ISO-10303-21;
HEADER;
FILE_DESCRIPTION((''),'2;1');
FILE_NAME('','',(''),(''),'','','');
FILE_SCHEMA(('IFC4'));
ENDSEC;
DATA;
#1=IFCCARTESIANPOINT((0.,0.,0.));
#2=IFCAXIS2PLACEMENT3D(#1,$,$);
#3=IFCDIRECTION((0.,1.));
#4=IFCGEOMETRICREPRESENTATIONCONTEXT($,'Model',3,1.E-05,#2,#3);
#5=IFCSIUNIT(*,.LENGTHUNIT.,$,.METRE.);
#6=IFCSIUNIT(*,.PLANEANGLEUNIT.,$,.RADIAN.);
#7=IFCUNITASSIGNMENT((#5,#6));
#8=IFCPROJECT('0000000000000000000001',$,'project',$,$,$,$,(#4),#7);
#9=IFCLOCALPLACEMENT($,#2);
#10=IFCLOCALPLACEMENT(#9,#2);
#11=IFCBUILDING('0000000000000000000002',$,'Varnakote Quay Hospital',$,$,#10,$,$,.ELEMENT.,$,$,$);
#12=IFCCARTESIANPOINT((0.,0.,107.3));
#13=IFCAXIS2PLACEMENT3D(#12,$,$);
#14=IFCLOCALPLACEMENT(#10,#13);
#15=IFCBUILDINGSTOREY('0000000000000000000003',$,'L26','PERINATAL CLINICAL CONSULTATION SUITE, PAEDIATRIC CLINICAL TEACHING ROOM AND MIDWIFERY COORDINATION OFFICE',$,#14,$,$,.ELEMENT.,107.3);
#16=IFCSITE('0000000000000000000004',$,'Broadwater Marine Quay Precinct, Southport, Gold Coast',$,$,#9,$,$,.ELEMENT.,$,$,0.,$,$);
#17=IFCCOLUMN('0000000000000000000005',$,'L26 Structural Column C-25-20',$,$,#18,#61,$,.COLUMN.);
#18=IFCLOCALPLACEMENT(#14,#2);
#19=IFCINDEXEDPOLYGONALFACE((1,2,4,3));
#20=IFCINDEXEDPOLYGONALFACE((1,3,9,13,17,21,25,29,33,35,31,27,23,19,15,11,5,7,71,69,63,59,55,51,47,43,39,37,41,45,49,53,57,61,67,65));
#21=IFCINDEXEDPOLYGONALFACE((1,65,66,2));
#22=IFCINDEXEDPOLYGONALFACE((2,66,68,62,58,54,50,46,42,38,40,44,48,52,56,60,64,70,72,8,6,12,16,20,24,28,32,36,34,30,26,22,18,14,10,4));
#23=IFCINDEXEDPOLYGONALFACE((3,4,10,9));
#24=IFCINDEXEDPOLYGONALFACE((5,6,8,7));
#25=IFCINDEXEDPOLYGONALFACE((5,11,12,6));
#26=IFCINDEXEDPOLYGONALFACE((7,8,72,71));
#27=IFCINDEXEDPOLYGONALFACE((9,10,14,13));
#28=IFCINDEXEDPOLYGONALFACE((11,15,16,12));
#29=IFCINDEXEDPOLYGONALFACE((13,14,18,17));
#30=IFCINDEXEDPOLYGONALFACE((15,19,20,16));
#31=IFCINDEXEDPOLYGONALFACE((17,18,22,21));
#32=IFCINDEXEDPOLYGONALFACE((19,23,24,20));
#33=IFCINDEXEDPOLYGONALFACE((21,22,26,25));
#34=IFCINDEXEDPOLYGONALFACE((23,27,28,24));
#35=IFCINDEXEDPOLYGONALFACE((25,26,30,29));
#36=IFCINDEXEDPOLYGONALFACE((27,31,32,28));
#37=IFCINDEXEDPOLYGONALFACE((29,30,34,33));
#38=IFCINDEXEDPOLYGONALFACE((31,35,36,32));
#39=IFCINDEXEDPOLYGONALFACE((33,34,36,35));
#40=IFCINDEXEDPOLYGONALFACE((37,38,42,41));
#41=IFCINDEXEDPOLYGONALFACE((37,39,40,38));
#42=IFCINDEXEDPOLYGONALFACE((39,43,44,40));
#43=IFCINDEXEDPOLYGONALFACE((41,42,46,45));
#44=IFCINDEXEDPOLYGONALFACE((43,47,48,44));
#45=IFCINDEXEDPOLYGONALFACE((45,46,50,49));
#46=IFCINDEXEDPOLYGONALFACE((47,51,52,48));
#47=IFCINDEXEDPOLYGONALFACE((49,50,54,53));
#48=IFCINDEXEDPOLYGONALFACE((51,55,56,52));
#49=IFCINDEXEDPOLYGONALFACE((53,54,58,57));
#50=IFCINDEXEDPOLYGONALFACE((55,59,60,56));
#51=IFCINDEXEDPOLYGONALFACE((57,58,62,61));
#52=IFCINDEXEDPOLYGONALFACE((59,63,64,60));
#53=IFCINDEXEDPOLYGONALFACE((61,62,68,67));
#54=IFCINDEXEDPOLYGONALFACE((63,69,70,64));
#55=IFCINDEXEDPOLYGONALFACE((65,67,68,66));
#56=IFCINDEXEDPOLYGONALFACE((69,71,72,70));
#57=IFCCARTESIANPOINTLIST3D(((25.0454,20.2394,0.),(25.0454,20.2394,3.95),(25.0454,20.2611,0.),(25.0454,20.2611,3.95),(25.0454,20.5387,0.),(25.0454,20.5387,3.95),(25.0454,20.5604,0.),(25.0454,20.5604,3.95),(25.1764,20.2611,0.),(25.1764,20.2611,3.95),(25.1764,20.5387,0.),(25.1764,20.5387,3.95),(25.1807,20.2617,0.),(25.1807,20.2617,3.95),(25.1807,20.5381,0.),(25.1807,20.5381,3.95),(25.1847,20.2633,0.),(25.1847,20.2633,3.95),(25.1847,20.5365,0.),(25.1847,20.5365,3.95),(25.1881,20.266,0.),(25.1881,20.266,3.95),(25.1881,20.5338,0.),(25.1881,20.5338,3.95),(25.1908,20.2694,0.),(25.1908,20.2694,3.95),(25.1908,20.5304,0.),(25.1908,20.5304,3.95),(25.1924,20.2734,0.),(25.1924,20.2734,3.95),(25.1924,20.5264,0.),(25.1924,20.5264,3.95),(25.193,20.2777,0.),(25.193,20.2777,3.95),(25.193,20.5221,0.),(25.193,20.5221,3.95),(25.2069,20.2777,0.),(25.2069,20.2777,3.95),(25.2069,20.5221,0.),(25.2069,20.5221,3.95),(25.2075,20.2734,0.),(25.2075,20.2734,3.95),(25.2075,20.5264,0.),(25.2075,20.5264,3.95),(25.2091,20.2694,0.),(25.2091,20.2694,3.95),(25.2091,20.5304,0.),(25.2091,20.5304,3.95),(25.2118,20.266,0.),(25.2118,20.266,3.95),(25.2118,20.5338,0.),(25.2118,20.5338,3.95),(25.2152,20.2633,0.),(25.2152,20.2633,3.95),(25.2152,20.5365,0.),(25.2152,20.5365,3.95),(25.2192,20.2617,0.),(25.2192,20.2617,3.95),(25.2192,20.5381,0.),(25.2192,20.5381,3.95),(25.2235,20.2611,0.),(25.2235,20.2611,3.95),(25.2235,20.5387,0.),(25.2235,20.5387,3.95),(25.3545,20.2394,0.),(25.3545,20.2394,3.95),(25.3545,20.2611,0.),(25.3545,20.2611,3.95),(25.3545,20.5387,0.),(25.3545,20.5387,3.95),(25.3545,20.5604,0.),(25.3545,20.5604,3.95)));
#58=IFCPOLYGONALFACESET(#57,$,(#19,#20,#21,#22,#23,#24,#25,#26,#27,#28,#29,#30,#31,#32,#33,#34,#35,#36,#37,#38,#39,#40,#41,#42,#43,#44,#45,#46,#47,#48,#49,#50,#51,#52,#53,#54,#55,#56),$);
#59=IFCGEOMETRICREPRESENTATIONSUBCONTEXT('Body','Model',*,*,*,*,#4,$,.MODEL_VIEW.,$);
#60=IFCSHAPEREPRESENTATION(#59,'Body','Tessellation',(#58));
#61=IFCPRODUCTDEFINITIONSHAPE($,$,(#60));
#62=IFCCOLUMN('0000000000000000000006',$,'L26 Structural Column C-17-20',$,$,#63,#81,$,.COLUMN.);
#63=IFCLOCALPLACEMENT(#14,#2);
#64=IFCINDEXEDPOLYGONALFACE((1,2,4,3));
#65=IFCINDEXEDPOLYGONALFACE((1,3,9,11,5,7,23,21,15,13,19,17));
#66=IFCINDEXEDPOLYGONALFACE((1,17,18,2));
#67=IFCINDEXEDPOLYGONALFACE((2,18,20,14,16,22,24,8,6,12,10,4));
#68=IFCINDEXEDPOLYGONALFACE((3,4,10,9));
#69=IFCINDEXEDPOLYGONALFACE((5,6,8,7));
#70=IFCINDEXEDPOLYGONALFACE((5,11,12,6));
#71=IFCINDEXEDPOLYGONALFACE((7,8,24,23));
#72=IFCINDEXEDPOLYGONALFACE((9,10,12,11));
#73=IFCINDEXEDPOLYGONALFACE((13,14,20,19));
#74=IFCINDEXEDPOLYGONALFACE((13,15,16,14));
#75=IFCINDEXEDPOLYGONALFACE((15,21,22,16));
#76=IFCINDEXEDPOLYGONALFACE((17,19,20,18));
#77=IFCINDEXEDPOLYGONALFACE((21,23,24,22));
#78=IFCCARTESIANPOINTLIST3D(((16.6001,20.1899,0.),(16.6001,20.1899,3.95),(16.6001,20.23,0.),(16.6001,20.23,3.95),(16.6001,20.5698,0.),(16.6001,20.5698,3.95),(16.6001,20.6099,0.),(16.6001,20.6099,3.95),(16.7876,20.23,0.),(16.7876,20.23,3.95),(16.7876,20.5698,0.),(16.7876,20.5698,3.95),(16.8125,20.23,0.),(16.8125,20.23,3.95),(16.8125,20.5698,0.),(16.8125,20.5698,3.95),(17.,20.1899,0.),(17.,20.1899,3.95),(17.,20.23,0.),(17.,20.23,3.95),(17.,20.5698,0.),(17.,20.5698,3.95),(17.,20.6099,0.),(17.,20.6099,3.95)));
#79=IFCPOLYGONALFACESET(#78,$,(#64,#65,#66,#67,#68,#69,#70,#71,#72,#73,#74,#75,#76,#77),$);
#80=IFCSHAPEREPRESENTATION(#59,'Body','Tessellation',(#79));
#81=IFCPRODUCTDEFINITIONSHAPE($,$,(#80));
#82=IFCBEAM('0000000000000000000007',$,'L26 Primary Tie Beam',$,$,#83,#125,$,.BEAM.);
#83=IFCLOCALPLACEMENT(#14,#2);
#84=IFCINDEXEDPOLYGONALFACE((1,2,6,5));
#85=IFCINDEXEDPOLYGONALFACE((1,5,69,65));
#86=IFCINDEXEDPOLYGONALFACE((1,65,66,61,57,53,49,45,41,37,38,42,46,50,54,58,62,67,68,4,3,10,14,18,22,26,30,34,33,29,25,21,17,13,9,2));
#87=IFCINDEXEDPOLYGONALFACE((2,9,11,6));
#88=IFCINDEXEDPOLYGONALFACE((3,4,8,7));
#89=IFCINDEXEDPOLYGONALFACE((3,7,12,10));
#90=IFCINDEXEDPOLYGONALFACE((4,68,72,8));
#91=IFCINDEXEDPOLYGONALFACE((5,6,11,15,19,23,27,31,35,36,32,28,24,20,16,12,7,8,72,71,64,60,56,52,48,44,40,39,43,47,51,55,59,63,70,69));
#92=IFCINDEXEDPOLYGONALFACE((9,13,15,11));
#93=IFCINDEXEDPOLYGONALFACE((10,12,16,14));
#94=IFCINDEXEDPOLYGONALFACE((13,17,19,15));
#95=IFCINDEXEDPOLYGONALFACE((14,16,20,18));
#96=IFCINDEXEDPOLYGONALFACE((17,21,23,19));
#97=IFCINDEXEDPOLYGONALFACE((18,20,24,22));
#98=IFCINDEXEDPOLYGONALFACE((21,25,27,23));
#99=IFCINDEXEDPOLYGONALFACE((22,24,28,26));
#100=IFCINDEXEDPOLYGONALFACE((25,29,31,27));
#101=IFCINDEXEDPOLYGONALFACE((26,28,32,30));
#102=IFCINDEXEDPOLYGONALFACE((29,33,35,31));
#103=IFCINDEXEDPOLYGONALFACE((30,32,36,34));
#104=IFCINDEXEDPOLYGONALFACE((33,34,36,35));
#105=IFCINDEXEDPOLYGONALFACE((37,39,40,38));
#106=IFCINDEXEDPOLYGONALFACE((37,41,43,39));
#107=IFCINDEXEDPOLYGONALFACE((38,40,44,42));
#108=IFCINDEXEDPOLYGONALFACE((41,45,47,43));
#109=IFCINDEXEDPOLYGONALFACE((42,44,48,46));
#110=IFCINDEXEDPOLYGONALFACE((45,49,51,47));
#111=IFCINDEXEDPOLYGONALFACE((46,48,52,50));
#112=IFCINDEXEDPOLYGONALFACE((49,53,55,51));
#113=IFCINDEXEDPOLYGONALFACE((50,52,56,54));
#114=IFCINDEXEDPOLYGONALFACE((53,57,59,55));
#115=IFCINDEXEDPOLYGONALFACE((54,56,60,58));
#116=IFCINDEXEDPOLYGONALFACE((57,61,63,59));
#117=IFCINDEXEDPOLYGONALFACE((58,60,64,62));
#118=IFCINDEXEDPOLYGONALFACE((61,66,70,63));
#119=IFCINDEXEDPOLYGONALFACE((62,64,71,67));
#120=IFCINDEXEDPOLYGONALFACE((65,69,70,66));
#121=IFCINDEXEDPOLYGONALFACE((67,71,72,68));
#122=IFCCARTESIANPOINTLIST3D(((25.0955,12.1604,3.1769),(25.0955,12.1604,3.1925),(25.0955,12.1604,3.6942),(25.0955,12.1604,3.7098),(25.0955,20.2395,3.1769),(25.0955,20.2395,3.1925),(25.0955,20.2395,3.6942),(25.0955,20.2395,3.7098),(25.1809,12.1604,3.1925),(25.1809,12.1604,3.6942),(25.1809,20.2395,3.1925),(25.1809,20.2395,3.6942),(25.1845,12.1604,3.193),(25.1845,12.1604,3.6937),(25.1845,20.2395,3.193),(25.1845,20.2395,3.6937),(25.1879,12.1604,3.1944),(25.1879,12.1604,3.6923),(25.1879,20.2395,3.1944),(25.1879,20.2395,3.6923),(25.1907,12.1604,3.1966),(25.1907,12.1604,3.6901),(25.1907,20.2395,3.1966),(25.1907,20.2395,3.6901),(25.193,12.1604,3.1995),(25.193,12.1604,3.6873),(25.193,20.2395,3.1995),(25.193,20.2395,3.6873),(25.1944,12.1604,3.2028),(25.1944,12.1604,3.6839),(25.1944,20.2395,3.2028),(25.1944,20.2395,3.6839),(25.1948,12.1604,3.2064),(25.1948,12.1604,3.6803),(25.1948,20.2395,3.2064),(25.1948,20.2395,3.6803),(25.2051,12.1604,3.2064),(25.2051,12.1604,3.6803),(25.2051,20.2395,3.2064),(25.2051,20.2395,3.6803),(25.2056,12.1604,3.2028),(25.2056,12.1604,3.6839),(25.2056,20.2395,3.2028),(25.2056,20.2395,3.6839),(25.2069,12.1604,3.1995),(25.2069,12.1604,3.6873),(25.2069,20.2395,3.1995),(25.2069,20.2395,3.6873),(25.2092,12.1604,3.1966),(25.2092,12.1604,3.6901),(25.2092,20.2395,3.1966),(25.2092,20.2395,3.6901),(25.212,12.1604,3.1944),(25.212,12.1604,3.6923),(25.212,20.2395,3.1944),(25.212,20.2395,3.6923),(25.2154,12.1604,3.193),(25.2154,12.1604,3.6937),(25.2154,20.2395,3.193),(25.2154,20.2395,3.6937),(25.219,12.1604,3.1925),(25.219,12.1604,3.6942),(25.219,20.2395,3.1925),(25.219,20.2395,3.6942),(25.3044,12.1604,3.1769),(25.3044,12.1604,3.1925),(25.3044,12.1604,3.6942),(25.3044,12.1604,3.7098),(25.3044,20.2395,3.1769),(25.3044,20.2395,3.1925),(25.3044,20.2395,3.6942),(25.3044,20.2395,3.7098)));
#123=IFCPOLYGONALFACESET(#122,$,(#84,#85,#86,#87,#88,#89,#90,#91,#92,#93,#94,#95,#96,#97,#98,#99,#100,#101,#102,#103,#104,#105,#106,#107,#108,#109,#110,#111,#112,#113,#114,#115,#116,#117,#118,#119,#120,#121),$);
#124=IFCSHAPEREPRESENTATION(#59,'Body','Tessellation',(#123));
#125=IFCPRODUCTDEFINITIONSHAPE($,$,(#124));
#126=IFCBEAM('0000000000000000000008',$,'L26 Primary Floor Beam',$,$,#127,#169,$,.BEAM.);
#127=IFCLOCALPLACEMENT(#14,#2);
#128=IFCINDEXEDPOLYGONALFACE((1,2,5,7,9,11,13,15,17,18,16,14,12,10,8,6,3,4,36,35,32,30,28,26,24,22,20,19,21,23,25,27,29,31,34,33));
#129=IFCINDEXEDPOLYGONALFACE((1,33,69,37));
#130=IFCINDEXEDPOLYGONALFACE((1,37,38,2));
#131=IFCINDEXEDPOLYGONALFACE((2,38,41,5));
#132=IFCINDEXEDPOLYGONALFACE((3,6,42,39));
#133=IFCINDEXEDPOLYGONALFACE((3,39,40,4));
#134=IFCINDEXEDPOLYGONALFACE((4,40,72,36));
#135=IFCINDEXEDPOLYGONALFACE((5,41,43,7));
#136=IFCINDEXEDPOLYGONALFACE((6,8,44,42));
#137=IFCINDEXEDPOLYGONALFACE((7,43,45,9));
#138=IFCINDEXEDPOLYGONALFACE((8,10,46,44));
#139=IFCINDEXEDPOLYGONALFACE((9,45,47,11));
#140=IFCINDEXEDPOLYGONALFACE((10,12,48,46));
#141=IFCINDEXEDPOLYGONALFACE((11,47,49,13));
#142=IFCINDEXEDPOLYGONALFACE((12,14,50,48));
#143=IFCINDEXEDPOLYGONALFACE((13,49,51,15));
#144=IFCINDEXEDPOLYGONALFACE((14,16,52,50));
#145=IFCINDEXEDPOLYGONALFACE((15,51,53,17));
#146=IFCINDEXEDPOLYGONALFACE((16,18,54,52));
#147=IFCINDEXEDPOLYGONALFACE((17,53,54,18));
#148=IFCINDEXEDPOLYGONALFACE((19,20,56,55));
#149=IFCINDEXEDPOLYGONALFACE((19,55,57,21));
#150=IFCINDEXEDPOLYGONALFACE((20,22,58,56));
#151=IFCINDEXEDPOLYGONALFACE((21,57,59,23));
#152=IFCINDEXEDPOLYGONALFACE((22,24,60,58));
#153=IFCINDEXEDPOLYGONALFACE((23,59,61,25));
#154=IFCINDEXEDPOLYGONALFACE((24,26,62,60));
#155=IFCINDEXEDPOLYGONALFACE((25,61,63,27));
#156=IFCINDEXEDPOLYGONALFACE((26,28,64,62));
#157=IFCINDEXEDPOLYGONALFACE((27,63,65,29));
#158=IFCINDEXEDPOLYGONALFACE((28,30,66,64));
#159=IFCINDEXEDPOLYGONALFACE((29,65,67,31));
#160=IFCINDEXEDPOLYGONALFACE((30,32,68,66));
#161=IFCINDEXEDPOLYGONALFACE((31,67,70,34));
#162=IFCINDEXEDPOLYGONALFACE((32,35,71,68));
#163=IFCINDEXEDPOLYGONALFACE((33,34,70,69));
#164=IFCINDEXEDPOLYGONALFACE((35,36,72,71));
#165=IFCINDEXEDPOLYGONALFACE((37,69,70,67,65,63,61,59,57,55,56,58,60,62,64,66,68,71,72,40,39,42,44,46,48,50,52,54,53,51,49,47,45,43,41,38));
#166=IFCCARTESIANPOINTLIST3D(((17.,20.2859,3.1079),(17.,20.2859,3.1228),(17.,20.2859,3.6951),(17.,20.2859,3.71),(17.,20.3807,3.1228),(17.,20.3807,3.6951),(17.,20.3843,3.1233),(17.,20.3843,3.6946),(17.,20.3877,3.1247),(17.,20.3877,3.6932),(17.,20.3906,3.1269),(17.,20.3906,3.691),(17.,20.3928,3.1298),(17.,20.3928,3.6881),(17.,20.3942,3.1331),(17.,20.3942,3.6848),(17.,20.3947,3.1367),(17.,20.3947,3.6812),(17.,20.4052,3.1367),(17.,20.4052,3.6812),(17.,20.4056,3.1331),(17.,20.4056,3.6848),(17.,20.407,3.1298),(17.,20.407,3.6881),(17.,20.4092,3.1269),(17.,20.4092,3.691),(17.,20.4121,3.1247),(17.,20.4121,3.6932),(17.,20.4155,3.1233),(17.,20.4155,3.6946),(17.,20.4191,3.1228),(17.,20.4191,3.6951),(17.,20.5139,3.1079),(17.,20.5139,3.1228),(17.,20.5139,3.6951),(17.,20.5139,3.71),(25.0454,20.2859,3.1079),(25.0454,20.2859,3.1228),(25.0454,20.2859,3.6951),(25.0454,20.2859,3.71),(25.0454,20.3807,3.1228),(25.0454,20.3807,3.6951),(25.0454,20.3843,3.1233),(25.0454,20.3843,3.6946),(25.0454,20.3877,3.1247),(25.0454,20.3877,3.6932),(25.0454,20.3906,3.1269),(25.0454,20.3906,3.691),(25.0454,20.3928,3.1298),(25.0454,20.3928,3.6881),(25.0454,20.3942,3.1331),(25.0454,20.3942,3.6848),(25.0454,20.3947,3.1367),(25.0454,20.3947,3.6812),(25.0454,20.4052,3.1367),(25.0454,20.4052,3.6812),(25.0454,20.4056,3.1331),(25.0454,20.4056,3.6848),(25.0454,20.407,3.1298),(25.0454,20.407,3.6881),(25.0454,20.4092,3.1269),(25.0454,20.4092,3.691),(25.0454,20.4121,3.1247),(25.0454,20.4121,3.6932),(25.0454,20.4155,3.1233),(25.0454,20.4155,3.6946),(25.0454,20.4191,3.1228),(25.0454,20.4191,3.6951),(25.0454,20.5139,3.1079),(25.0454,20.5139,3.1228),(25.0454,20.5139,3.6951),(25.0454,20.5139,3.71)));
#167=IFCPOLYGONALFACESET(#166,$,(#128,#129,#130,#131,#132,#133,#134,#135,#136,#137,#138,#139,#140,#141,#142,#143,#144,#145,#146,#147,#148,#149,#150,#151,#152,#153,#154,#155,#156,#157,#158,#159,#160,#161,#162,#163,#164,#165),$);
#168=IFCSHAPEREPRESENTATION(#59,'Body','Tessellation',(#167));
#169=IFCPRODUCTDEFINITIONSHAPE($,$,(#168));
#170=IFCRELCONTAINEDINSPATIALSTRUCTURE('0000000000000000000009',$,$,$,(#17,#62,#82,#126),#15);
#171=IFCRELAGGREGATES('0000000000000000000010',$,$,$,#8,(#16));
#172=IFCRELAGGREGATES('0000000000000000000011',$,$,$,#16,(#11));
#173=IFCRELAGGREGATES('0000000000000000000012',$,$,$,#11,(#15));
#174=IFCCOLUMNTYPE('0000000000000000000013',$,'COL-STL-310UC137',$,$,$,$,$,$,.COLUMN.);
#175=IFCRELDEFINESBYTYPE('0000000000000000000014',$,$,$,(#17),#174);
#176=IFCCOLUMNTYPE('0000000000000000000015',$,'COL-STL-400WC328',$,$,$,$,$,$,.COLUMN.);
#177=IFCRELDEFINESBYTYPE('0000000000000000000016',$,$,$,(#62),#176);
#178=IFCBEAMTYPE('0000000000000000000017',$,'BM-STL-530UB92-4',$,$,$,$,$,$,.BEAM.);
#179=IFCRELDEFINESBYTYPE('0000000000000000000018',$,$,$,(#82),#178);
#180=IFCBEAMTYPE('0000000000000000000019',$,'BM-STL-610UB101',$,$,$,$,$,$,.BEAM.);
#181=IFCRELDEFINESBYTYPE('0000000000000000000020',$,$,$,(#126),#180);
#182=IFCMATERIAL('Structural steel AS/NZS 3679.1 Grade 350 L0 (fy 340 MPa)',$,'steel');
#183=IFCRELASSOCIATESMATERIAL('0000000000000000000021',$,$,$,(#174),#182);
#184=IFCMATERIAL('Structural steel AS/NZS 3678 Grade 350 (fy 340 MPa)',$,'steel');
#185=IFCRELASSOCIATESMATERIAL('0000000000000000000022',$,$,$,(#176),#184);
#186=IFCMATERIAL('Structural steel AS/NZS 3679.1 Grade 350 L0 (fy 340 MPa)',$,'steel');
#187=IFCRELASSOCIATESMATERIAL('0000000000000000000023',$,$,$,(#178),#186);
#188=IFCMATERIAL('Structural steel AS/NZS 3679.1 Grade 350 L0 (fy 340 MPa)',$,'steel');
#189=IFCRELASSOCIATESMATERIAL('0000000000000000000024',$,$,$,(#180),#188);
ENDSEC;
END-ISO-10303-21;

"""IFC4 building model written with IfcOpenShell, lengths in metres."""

from ifc_helpers import new_model, si_unit, direction, frame, origin, origin_2d, place, context, subcontext, project, spatial, i_section, extrude, material, material_profile, profile_set, type_object, element, save


model = new_model("IFC4")

# Units and contexts
model_context = context("Model", 3, precision=1e-05, world=origin(), true_north=direction((0.0, 1.0)))
body_context = subcontext(model_context, "Body", "Model", "MODEL_VIEW")
ifc_project = project(units=[si_unit("LENGTHUNIT", "METRE"), si_unit("PLANEANGLEUNIT", "RADIAN")], contexts=[model_context])

# Site, building, storey
site_placement = place(None, origin())
site = spatial("IfcSite", under=ifc_project, at=site_placement, Name="Broadwater Marine Quay Precinct, Southport, Gold Coast", CompositionType="ELEMENT", RefElevation=0.0)
building_placement = place(site_placement, origin())
building = spatial("IfcBuilding", under=site, at=building_placement, Name="Varnakote Quay Hospital", CompositionType="ELEMENT")
storey_placement = place(building_placement, frame((0.0, 0.0, 107.3)))
storey = spatial("IfcBuildingStorey", under=building, at=storey_placement, Name="L26", Description="PERINATAL CLINICAL CONSULTATION SUITE, PAEDIATRIC CLINICAL TEACHING ROOM AND MIDWIFERY COORDINATION OFFICE", CompositionType="ELEMENT", Elevation=107.3)

# Columns
ifc_material_1 = material(Name="Structural steel AS/NZS 3679.1 Grade 350 L0 (fy 340 MPa)", Category="steel")
ifc_material_profile_1 = material_profile(ifc_material_1, i_section(OverallWidth=0.3091, OverallDepth=0.321, WebThickness=0.0139, FlangeThickness=0.0217, FilletRadius=0.0166, at=origin_2d()), Name="310UC137")
ifc_profile_set_1 = profile_set([ifc_material_profile_1], Name="Structural steel AS/NZS 3679.1 Grade 350 L0 (fy 340 MPa)")
column_type_1 = type_object("IfcColumnType", Name="COL-STL-310UC137", PredefinedType="COLUMN", material=ifc_profile_set_1)
column_1_placement = place(storey_placement, frame((25.2, 20.3999, 0.0), z_axis=(0.0, 0.0, 1.0), x_axis=(1.0, 0.0, 0.0)))
element("IfcColumn", 1, at=column_1_placement, inside=storey, type_object=column_type_1, Name="L26 Structural Column C-25-20", PredefinedType="COLUMN", context=body_context, shape_type="SweptSolid", body=[
    extrude(i_section(OverallWidth=0.3091, OverallDepth=0.321, WebThickness=0.0139, FlangeThickness=0.0217, FilletRadius=0.0166, at=origin_2d()), origin(), (0.0, 0.0, 1.0), 3.95),
])
ifc_material_2 = material(Name="Structural steel AS/NZS 3678 Grade 350 (fy 340 MPa)", Category="steel")
ifc_material_profile_2 = material_profile(ifc_material_2, i_section(OverallWidth=0.3999, OverallDepth=0.4199, WebThickness=0.0249, FlangeThickness=0.04, at=origin_2d()), Name="400WC328")
ifc_profile_set_2 = profile_set([ifc_material_profile_2], Name="Structural steel AS/NZS 3678 Grade 350 (fy 340 MPa)")
column_type_2 = type_object("IfcColumnType", Name="COL-STL-400WC328", PredefinedType="COLUMN", material=ifc_profile_set_2)
column_2_placement = place(storey_placement, frame((16.8, 20.3999, 0.0), z_axis=(0.0, 0.0, 1.0), x_axis=(1.0, 0.0, 0.0)))
element("IfcColumn", 2, at=column_2_placement, inside=storey, type_object=column_type_2, Name="L26 Structural Column C-17-20", PredefinedType="COLUMN", context=body_context, shape_type="SweptSolid", body=[
    extrude(i_section(OverallWidth=0.3999, OverallDepth=0.4199, WebThickness=0.0249, FlangeThickness=0.04, at=origin_2d()), origin(), (0.0, 0.0, 1.0), 3.95),
])

# Beams
ifc_material_3 = material(Name="Structural steel AS/NZS 3679.1 Grade 350 L0 (fy 340 MPa)", Category="steel")
ifc_material_profile_3 = material_profile(ifc_material_3, i_section(OverallWidth=0.209, OverallDepth=0.533, WebThickness=0.0103, FlangeThickness=0.0156, FilletRadius=0.0139, at=origin_2d()), Name="530UB92.4")
ifc_profile_set_3 = profile_set([ifc_material_profile_3], Name="Structural steel AS/NZS 3679.1 Grade 350 L0 (fy 340 MPa)")
beam_type_1 = type_object("IfcBeamType", Name="BM-STL-530UB92-4", PredefinedType="BEAM", material=ifc_profile_set_3)
beam_1_placement = place(storey_placement, frame((25.2, 12.1604, 3.4434), z_axis=(0.0, 1.0, 0.0), x_axis=(-1.0, 0.0, 0.0)))
element("IfcBeam", 3, at=beam_1_placement, inside=storey, type_object=beam_type_1, Name="L26 Primary Tie Beam", PredefinedType="BEAM", context=body_context, shape_type="SweptSolid", body=[
    extrude(i_section(OverallWidth=0.209, OverallDepth=0.533, WebThickness=0.0103, FlangeThickness=0.0156, FilletRadius=0.0139, at=origin_2d()), origin(), (0.0, 0.0, 1.0), 8.0791),
])
ifc_material_4 = material(Name="Structural steel AS/NZS 3679.1 Grade 350 L0 (fy 340 MPa)", Category="steel")
ifc_material_profile_4 = material_profile(ifc_material_4, i_section(OverallWidth=0.228, OverallDepth=0.6021, WebThickness=0.0105, FlangeThickness=0.0149, FilletRadius=0.0139, at=origin_2d()), Name="610UB101")
ifc_profile_set_4 = profile_set([ifc_material_profile_4], Name="Structural steel AS/NZS 3679.1 Grade 350 L0 (fy 340 MPa)")
beam_type_2 = type_object("IfcBeamType", Name="BM-STL-610UB101", PredefinedType="BEAM", material=ifc_profile_set_4)
for number, where, z_axis, x_axis, name in (
    (4, (17.0, 20.3999, 3.4089), (1.0, 0.0, 0.0), (0.0, 1.0, 0.0), "L26 Primary Floor Beam"),
):
    element("IfcBeam", number, at=place(storey_placement, frame(where, z_axis=z_axis, x_axis=x_axis)), inside=storey, type_object=beam_type_2, Name=name, PredefinedType="BEAM", context=body_context, shape_type="SweptSolid", body=[
        extrude(i_section(OverallWidth=0.228, OverallDepth=0.6021, WebThickness=0.0105, FlangeThickness=0.0149, FilletRadius=0.0139, at=origin_2d()), origin(), (0.0, 0.0, 1.0), 8.0454),
    ])

save(model, "model.ifc")
